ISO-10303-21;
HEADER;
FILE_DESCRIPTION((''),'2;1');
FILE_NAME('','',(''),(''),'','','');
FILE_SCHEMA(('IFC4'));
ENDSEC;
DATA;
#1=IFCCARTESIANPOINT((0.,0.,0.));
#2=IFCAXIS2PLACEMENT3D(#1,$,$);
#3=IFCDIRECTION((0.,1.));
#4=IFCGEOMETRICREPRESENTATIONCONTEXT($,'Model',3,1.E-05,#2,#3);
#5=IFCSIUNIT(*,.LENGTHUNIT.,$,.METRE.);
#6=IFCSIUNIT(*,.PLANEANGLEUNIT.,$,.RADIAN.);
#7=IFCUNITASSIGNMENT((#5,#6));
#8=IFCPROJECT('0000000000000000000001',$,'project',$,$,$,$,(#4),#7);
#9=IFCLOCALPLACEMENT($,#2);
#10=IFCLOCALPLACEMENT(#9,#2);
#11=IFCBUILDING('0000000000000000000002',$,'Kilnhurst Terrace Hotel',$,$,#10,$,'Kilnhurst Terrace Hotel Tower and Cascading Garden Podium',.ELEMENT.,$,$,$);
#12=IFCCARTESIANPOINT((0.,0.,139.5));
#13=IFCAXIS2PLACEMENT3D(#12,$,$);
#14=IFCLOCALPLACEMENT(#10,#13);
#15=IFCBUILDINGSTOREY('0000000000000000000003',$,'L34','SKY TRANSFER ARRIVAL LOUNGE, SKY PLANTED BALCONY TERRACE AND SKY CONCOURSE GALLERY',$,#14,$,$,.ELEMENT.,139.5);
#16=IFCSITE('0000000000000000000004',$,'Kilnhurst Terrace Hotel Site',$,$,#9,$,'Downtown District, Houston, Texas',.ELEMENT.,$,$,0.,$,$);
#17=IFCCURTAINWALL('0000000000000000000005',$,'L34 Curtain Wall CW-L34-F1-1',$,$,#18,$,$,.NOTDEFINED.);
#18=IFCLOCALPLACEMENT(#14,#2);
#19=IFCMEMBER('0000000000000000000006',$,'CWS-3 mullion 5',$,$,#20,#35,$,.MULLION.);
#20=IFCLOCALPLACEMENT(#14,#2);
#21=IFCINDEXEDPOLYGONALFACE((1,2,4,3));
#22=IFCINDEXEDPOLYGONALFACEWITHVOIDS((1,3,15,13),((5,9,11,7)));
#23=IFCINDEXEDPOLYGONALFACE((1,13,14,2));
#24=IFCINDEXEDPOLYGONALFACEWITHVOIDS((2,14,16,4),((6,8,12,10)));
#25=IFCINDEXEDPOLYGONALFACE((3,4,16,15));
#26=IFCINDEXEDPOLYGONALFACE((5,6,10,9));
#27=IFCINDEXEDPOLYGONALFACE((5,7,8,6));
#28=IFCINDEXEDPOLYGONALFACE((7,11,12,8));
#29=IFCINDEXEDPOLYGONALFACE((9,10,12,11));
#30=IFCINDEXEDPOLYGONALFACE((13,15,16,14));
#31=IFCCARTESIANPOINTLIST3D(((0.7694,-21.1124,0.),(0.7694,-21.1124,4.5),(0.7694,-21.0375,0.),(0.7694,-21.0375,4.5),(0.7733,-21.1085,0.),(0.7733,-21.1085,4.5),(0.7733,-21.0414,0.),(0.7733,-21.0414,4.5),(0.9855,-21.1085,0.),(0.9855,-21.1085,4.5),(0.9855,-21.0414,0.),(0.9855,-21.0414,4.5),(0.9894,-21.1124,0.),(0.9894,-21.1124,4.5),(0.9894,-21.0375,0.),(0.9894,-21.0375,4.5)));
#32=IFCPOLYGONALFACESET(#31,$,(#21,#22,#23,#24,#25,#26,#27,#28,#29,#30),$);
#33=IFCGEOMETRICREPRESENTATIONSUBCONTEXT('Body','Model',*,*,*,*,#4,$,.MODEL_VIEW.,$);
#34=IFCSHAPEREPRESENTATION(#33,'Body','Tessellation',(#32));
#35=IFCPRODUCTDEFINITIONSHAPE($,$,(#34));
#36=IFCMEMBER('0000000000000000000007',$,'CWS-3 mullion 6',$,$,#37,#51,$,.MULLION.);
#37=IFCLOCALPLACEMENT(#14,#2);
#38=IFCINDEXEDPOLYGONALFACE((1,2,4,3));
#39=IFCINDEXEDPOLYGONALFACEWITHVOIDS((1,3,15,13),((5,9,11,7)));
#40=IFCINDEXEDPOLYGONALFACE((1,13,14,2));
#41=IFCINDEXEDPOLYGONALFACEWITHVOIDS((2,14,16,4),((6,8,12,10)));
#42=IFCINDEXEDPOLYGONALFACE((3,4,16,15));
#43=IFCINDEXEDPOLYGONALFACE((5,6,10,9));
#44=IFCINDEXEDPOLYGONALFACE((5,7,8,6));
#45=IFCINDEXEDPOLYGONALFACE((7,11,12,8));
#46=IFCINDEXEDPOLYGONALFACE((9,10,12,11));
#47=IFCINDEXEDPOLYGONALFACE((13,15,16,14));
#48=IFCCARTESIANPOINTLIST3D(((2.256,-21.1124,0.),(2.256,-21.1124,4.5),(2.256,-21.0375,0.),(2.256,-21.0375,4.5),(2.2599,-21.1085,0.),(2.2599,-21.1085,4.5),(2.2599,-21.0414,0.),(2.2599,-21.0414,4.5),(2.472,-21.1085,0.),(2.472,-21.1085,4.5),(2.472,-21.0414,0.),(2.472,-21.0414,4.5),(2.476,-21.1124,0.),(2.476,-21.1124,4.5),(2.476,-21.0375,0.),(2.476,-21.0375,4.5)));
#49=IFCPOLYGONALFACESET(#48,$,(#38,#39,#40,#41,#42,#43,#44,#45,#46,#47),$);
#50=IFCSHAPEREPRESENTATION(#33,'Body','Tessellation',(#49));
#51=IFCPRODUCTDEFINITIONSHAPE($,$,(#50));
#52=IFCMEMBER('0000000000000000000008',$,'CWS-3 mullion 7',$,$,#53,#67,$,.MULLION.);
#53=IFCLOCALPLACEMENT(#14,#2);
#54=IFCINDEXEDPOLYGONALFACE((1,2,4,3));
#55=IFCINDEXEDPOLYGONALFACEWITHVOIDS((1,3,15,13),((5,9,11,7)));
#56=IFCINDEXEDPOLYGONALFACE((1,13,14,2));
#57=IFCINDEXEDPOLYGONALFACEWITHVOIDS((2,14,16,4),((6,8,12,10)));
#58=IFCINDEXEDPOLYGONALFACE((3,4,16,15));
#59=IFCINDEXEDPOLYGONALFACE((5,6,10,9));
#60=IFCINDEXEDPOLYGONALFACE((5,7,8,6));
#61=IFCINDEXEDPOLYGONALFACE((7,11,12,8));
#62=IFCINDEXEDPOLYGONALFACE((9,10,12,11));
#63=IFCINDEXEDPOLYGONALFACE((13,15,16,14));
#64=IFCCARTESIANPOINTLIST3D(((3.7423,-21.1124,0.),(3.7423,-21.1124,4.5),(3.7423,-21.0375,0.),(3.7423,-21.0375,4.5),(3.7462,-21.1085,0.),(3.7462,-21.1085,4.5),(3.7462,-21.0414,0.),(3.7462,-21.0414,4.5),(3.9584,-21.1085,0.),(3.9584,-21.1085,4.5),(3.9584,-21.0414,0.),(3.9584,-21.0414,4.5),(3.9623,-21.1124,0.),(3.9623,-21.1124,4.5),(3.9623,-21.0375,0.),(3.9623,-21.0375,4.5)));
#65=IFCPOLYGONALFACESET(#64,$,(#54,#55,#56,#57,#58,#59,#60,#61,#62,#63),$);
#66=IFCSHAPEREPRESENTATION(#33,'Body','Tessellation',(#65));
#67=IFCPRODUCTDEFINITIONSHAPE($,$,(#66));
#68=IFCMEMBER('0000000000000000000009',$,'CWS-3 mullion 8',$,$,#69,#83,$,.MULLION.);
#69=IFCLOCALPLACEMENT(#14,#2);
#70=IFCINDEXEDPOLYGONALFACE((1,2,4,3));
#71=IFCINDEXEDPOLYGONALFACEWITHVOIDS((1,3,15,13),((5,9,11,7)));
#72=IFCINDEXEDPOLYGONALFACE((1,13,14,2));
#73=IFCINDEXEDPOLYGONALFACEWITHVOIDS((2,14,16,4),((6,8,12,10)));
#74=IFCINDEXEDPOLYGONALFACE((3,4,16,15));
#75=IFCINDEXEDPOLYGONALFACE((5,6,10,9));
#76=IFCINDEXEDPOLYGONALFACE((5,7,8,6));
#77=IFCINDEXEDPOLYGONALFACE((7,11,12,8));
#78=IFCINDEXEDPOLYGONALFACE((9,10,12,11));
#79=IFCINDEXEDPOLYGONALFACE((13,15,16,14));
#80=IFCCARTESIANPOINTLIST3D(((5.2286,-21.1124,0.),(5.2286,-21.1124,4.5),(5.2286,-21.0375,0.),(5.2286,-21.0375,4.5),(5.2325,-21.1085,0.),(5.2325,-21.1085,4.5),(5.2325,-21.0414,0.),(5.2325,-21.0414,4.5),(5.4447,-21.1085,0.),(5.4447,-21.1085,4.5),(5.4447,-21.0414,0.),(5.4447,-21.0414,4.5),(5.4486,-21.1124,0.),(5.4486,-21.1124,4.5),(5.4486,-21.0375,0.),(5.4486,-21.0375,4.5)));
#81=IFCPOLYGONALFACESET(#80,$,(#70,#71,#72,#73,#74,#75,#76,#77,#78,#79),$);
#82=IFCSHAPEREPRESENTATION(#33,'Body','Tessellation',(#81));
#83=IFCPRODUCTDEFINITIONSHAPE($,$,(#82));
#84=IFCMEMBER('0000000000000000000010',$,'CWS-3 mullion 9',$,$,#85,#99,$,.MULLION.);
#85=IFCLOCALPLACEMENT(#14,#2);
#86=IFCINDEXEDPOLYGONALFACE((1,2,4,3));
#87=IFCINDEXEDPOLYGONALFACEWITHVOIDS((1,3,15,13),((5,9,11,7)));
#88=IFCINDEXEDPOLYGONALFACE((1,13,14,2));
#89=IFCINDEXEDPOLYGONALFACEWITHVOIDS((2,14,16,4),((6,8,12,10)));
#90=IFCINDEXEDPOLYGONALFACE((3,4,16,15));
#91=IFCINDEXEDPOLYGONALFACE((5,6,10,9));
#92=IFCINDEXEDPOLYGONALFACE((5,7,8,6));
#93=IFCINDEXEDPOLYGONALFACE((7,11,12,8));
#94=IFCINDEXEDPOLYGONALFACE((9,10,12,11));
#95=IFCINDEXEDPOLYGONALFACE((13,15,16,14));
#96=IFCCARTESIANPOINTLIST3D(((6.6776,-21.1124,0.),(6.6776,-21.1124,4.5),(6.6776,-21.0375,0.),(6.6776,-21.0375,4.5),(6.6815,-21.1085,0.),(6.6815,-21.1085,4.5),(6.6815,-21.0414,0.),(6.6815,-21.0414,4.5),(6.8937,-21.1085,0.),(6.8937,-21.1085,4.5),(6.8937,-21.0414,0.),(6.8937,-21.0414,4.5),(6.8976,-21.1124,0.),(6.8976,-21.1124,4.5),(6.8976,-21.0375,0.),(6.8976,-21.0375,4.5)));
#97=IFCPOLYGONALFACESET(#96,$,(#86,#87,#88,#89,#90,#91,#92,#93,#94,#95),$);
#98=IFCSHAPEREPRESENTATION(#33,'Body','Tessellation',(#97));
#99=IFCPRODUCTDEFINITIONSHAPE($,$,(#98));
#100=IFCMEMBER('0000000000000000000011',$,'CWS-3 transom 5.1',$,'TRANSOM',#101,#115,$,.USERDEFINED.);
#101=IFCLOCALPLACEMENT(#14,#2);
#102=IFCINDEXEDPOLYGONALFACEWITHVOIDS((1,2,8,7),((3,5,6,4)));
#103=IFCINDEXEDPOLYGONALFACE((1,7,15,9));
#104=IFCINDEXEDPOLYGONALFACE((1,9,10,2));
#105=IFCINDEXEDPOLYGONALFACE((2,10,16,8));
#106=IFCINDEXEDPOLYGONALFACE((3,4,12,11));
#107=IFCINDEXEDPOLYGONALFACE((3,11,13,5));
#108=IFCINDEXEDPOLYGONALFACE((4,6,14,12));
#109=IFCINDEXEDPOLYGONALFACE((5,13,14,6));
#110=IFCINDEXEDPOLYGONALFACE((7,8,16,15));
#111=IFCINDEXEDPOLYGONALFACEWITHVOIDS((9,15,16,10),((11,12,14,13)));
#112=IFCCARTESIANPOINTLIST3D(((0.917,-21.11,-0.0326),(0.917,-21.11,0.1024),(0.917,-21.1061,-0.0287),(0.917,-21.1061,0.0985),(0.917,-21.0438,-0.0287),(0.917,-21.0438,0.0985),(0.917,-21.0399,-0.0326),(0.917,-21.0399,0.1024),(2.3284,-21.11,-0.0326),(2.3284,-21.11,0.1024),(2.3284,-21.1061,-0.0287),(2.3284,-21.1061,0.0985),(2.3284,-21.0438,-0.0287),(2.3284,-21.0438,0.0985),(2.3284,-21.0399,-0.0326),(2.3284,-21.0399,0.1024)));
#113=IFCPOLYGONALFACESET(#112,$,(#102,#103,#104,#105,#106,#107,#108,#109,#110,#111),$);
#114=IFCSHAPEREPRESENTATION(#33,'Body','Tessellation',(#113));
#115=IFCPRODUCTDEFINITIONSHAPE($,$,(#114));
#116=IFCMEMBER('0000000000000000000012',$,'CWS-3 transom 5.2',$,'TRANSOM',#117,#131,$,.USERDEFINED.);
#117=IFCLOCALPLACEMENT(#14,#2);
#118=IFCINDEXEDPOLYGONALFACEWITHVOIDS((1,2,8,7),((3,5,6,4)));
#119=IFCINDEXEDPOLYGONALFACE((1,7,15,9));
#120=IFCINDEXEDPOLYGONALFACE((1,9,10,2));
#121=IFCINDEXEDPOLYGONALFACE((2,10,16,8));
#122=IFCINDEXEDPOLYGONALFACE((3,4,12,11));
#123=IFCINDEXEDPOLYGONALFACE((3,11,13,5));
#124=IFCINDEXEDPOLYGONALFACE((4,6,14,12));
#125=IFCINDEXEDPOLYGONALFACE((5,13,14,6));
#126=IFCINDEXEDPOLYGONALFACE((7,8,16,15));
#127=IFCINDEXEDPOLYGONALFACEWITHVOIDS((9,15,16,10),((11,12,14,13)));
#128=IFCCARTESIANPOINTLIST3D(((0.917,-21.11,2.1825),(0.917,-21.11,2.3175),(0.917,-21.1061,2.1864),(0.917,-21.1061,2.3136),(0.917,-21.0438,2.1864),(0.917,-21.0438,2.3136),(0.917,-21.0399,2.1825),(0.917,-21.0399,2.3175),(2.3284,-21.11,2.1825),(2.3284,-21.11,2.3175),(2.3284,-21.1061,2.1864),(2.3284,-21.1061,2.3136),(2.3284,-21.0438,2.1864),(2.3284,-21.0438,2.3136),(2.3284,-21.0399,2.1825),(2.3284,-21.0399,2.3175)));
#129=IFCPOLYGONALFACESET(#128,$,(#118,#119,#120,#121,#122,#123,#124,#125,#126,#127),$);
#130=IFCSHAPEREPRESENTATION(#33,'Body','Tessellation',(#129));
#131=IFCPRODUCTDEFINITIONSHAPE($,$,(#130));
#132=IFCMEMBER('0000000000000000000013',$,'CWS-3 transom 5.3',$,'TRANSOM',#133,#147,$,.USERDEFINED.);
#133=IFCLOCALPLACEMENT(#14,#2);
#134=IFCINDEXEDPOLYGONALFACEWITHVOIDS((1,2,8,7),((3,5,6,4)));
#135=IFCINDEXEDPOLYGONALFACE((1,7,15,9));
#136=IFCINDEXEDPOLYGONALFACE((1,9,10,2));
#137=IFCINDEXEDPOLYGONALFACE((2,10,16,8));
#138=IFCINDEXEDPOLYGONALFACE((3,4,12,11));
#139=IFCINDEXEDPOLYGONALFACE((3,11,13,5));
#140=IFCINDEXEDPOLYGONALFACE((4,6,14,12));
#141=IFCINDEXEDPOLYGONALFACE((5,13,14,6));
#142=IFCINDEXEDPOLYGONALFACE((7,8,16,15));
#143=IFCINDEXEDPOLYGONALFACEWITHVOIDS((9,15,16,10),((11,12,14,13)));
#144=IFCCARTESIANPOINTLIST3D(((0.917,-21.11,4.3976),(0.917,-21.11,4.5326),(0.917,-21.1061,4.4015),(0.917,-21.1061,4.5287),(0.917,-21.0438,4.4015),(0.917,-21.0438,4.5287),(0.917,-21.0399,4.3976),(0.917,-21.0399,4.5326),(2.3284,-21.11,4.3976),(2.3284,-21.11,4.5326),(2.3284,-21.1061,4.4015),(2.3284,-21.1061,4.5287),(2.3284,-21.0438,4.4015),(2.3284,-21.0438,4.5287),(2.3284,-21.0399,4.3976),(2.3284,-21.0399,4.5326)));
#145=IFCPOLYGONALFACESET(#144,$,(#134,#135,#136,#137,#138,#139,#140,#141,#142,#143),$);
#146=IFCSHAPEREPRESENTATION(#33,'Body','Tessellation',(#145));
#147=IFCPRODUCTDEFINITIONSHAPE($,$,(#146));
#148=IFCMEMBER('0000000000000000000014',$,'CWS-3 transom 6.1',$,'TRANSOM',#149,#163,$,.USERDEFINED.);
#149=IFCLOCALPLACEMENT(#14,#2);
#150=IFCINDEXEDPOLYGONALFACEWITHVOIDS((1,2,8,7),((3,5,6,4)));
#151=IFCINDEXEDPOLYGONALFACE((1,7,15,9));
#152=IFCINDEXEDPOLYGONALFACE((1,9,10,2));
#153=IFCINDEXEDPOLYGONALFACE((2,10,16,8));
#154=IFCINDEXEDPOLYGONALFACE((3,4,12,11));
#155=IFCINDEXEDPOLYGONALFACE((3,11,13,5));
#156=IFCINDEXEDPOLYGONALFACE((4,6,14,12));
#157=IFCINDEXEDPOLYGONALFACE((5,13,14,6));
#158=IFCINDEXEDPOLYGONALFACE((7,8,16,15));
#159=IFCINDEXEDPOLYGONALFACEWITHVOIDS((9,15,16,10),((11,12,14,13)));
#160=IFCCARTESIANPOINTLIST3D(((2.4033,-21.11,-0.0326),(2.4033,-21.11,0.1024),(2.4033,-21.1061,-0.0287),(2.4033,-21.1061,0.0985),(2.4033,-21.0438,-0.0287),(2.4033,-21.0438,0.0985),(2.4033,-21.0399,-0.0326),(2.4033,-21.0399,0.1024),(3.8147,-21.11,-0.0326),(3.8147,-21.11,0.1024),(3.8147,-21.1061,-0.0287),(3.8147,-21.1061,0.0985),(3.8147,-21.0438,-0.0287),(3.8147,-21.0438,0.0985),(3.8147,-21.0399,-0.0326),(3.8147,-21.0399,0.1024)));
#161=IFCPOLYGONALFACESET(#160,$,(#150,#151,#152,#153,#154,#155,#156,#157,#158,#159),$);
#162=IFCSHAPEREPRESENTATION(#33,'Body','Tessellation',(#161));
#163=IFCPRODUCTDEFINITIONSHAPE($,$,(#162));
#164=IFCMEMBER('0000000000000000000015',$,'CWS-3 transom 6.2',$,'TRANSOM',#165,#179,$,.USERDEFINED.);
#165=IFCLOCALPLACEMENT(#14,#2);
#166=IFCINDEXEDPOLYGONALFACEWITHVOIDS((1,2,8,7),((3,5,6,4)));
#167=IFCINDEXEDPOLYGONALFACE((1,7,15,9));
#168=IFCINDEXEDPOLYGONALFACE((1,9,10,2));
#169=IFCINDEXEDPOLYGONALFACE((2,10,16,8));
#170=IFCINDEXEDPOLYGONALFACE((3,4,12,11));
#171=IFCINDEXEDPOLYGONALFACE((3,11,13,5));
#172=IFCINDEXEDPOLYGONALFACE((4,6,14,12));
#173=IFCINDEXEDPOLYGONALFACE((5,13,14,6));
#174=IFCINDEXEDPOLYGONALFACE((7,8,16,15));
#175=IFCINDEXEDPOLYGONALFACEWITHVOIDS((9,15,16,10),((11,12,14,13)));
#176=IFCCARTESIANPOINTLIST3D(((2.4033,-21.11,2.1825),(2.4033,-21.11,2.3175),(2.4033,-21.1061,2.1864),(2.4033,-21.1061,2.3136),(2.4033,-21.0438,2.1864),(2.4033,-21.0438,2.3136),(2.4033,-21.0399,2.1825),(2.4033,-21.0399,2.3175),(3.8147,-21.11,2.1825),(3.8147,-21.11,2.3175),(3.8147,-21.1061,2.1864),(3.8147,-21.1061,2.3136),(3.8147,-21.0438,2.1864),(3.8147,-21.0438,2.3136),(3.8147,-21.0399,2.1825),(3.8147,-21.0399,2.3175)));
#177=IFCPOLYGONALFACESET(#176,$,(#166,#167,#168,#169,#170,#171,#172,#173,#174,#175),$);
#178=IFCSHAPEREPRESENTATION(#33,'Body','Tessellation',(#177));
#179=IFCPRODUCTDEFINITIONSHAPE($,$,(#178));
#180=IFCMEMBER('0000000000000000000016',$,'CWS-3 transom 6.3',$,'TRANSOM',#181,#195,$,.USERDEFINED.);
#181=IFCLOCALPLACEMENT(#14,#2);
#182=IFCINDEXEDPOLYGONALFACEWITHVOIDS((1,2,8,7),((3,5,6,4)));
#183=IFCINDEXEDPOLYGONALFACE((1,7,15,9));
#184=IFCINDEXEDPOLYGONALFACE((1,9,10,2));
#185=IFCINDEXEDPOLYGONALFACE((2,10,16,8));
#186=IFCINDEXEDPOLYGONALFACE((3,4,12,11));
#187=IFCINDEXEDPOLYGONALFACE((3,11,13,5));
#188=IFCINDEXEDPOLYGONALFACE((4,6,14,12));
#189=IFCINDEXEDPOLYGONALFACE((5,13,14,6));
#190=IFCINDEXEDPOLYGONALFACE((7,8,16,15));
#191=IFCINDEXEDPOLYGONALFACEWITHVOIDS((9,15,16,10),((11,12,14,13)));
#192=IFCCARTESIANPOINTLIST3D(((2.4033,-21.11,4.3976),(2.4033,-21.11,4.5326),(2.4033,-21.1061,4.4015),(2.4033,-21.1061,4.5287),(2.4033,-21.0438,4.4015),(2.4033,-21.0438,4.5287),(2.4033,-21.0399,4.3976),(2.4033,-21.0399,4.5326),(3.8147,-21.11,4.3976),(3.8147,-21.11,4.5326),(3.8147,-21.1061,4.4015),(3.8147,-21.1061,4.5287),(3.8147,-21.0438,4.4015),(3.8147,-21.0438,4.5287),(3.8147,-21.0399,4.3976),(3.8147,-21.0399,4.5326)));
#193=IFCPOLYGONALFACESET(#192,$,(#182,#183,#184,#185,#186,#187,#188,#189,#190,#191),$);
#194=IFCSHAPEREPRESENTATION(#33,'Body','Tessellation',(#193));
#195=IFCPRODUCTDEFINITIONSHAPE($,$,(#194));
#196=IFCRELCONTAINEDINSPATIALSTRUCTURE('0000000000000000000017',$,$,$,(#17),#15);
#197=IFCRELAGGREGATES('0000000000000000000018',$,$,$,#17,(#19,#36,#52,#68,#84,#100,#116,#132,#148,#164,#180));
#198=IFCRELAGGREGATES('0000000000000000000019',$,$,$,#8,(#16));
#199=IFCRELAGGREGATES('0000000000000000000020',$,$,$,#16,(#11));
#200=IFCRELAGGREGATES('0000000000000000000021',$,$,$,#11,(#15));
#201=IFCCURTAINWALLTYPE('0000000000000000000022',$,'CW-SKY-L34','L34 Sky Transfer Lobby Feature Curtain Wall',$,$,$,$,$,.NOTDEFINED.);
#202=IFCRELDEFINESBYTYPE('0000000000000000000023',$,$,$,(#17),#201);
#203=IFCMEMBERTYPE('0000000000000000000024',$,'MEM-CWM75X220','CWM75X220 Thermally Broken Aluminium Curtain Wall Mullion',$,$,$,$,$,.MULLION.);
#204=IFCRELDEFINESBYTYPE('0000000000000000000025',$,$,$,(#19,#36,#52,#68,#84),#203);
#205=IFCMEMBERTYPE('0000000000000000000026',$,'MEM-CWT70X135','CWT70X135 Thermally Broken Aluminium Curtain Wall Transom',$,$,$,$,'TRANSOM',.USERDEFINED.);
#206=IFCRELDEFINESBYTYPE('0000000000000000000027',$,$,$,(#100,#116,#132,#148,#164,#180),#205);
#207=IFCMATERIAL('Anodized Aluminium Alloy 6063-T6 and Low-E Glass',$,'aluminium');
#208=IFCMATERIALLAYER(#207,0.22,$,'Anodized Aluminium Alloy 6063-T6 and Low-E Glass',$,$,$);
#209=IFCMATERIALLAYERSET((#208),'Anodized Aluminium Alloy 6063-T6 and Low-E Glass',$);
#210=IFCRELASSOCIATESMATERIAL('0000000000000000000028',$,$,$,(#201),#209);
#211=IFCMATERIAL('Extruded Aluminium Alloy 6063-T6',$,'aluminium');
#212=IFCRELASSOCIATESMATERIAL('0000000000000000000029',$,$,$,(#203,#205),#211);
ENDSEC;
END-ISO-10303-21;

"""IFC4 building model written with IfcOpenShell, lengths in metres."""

from ifc_helpers import new_model, si_unit, direction, frame, origin, origin_2d, place, context, subcontext, project, spatial, hollow_rectangle, extrude, material, layer, layer_set, material_profile, profile_set, type_object, element, aggregate, save


model = new_model("IFC4")

# Units and contexts
model_context = context("Model", 3, precision=1e-05, world=origin(), true_north=direction((0.0, 1.0)))
body_context = subcontext(model_context, "Body", "Model", "MODEL_VIEW")
ifc_project = project(units=[si_unit("LENGTHUNIT", "METRE"), si_unit("PLANEANGLEUNIT", "RADIAN")], contexts=[model_context])

# Site, building, storey
site_placement = place(None, origin())
site = spatial("IfcSite", under=ifc_project, at=site_placement, Name="Kilnhurst Terrace Hotel Site", LongName="Downtown District, Houston, Texas", CompositionType="ELEMENT", RefElevation=0.0)
building_placement = place(site_placement, origin())
building = spatial("IfcBuilding", under=site, at=building_placement, Name="Kilnhurst Terrace Hotel", LongName="Kilnhurst Terrace Hotel Tower and Cascading Garden Podium", CompositionType="ELEMENT")
storey_placement = place(building_placement, frame((0.0, 0.0, 139.5)))
storey = spatial("IfcBuildingStorey", under=building, at=storey_placement, Name="L34", Description="SKY TRANSFER ARRIVAL LOUNGE, SKY PLANTED BALCONY TERRACE AND SKY CONCOURSE GALLERY", CompositionType="ELEMENT", Elevation=139.5)

# Curtain wall, members
ifc_material_1 = material(Name="Anodized Aluminium Alloy 6063-T6 and Low-E Glass", Category="aluminium")
ifc_layer_1 = layer(ifc_material_1, 0.22, Name="Anodized Aluminium Alloy 6063-T6 and Low-E Glass")
ifc_layer_set_1 = layer_set([ifc_layer_1], Name="Anodized Aluminium Alloy 6063-T6 and Low-E Glass")
curtain_wall_type = type_object("IfcCurtainWallType", Name="CW-SKY-L34", Description="L34 Sky Transfer Lobby Feature Curtain Wall", PredefinedType="NOTDEFINED", material=ifc_layer_set_1)
curtain_wall_placement = place(storey_placement, origin())
curtain_wall = element("IfcCurtainWall", 1, at=curtain_wall_placement, inside=storey, type_object=curtain_wall_type, Name="L34 Curtain Wall CW-L34-F1-1", PredefinedType="NOTDEFINED")
ifc_material_2 = material(Name="Extruded Aluminium Alloy 6063-T6", Category="aluminium")
ifc_material_profile_1 = material_profile(ifc_material_2, hollow_rectangle(XDim=0.075, YDim=0.22, WallThickness=0.0039, at=origin_2d()), Name="CWM75X220")
ifc_profile_set_1 = profile_set([ifc_material_profile_1], Name="Extruded Aluminium Alloy 6063-T6")
member_type_1 = type_object("IfcMemberType", Name="MEM-CWM75X220", Description="CWM75X220 Thermally Broken Aluminium Curtain Wall Mullion", PredefinedType="MULLION", material=ifc_profile_set_1)
member_1_placement = place(storey_placement, frame((0.8794, -21.075, 0.0), z_axis=(0.0, 0.0, 1.0), x_axis=(0.0, 1.0, 0.0)))
member_1 = element("IfcMember", 2, at=member_1_placement, type_object=member_type_1, Name="CWS-3 mullion 5", PredefinedType="MULLION", context=body_context, shape_type="SweptSolid", body=[
    extrude(hollow_rectangle(XDim=0.075, YDim=0.22, WallThickness=0.0039, at=origin_2d()), origin(), (0.0, 0.0, 1.0), 4.5),
])
member_2_placement = place(storey_placement, frame((2.366, -21.075, 0.0), z_axis=(0.0, 0.0, 1.0), x_axis=(0.0, 1.0, 0.0)))
member_2 = element("IfcMember", 3, at=member_2_placement, type_object=member_type_1, Name="CWS-3 mullion 6", PredefinedType="MULLION", context=body_context, shape_type="SweptSolid", body=[
    extrude(hollow_rectangle(XDim=0.075, YDim=0.22, WallThickness=0.0039, at=origin_2d()), origin(), (0.0, 0.0, 1.0), 4.5),
])
member_3_placement = place(storey_placement, frame((3.8523, -21.075, 0.0), z_axis=(0.0, 0.0, 1.0), x_axis=(0.0, 1.0, 0.0)))
member_3 = element("IfcMember", 4, at=member_3_placement, type_object=member_type_1, Name="CWS-3 mullion 7", PredefinedType="MULLION", context=body_context, shape_type="SweptSolid", body=[
    extrude(hollow_rectangle(XDim=0.075, YDim=0.22, WallThickness=0.0039, at=origin_2d()), origin(), (0.0, 0.0, 1.0), 4.5),
])
member_4_placement = place(storey_placement, frame((5.3386, -21.075, 0.0), z_axis=(0.0, 0.0, 1.0), x_axis=(0.0, 1.0, 0.0)))
member_4 = element("IfcMember", 5, at=member_4_placement, type_object=member_type_1, Name="CWS-3 mullion 8", PredefinedType="MULLION", context=body_context, shape_type="SweptSolid", body=[
    extrude(hollow_rectangle(XDim=0.075, YDim=0.22, WallThickness=0.0039, at=origin_2d()), origin(), (0.0, 0.0, 1.0), 4.5),
])
member_5_placement = place(storey_placement, frame((6.7876, -21.075, 0.0), z_axis=(0.0, 0.0, 1.0), x_axis=(0.0, 1.0, 0.0)))
member_5 = element("IfcMember", 6, at=member_5_placement, type_object=member_type_1, Name="CWS-3 mullion 9", PredefinedType="MULLION", context=body_context, shape_type="SweptSolid", body=[
    extrude(hollow_rectangle(XDim=0.075, YDim=0.22, WallThickness=0.0039, at=origin_2d()), origin(), (0.0, 0.0, 1.0), 4.5),
])
ifc_material_profile_2 = material_profile(ifc_material_2, hollow_rectangle(XDim=0.0701, YDim=0.135, WallThickness=0.0039, at=origin_2d()), Name="CWT70X135")
ifc_profile_set_2 = profile_set([ifc_material_profile_2], Name="Extruded Aluminium Alloy 6063-T6")
member_type_2 = type_object("IfcMemberType", Name="MEM-CWT70X135", Description="CWT70X135 Thermally Broken Aluminium Curtain Wall Transom", ElementType="TRANSOM", PredefinedType="USERDEFINED", material=ifc_profile_set_2)
member_6_placement = place(storey_placement, frame((0.917, -21.075, 0.0349), z_axis=(1.0, 0.0, 0.0), x_axis=(0.0, 1.0, 0.0)))
member_6 = element("IfcMember", 7, at=member_6_placement, type_object=member_type_2, Name="CWS-3 transom 5.1", ObjectType="TRANSOM", PredefinedType="USERDEFINED", context=body_context, shape_type="SweptSolid", body=[
    extrude(hollow_rectangle(XDim=0.0701, YDim=0.135, WallThickness=0.0039, at=origin_2d()), origin(), (0.0, 0.0, 1.0), 1.4114),
])
member_7_placement = place(storey_placement, frame((0.917, -21.075, 2.25), z_axis=(1.0, 0.0, 0.0), x_axis=(0.0, 1.0, 0.0)))
member_7 = element("IfcMember", 8, at=member_7_placement, type_object=member_type_2, Name="CWS-3 transom 5.2", ObjectType="TRANSOM", PredefinedType="USERDEFINED", context=body_context, shape_type="SweptSolid", body=[
    extrude(hollow_rectangle(XDim=0.0701, YDim=0.135, WallThickness=0.0039, at=origin_2d()), origin(), (0.0, 0.0, 1.0), 1.4114),
])
member_8_placement = place(storey_placement, frame((0.917, -21.075, 4.4651), z_axis=(1.0, 0.0, 0.0), x_axis=(0.0, 1.0, 0.0)))
member_8 = element("IfcMember", 9, at=member_8_placement, type_object=member_type_2, Name="CWS-3 transom 5.3", ObjectType="TRANSOM", PredefinedType="USERDEFINED", context=body_context, shape_type="SweptSolid", body=[
    extrude(hollow_rectangle(XDim=0.0701, YDim=0.135, WallThickness=0.0039, at=origin_2d()), origin(), (0.0, 0.0, 1.0), 1.4114),
])
member_9_placement = place(storey_placement, frame((2.4033, -21.075, 0.0349), z_axis=(1.0, 0.0, 0.0), x_axis=(0.0, 1.0, 0.0)))
member_9 = element("IfcMember", 10, at=member_9_placement, type_object=member_type_2, Name="CWS-3 transom 6.1", ObjectType="TRANSOM", PredefinedType="USERDEFINED", context=body_context, shape_type="SweptSolid", body=[
    extrude(hollow_rectangle(XDim=0.0701, YDim=0.135, WallThickness=0.0039, at=origin_2d()), origin(), (0.0, 0.0, 1.0), 1.4114),
])
member_10_placement = place(storey_placement, frame((2.4033, -21.075, 2.25), z_axis=(1.0, 0.0, 0.0), x_axis=(0.0, 1.0, 0.0)))
member_10 = element("IfcMember", 11, at=member_10_placement, type_object=member_type_2, Name="CWS-3 transom 6.2", ObjectType="TRANSOM", PredefinedType="USERDEFINED", context=body_context, shape_type="SweptSolid", body=[
    extrude(hollow_rectangle(XDim=0.0701, YDim=0.135, WallThickness=0.0039, at=origin_2d()), origin(), (0.0, 0.0, 1.0), 1.4114),
])
member_11_placement = place(storey_placement, frame((2.4033, -21.075, 4.4651), z_axis=(1.0, 0.0, 0.0), x_axis=(0.0, 1.0, 0.0)))
member_11 = element("IfcMember", 12, at=member_11_placement, type_object=member_type_2, Name="CWS-3 transom 6.3", ObjectType="TRANSOM", PredefinedType="USERDEFINED", context=body_context, shape_type="SweptSolid", body=[
    extrude(hollow_rectangle(XDim=0.0701, YDim=0.135, WallThickness=0.0039, at=origin_2d()), origin(), (0.0, 0.0, 1.0), 1.4114),
])
aggregate(curtain_wall, [member_1, member_2, member_3, member_4, member_5, member_6, member_7, member_8, member_9, member_10, member_11])

save(model, "model.ifc")
